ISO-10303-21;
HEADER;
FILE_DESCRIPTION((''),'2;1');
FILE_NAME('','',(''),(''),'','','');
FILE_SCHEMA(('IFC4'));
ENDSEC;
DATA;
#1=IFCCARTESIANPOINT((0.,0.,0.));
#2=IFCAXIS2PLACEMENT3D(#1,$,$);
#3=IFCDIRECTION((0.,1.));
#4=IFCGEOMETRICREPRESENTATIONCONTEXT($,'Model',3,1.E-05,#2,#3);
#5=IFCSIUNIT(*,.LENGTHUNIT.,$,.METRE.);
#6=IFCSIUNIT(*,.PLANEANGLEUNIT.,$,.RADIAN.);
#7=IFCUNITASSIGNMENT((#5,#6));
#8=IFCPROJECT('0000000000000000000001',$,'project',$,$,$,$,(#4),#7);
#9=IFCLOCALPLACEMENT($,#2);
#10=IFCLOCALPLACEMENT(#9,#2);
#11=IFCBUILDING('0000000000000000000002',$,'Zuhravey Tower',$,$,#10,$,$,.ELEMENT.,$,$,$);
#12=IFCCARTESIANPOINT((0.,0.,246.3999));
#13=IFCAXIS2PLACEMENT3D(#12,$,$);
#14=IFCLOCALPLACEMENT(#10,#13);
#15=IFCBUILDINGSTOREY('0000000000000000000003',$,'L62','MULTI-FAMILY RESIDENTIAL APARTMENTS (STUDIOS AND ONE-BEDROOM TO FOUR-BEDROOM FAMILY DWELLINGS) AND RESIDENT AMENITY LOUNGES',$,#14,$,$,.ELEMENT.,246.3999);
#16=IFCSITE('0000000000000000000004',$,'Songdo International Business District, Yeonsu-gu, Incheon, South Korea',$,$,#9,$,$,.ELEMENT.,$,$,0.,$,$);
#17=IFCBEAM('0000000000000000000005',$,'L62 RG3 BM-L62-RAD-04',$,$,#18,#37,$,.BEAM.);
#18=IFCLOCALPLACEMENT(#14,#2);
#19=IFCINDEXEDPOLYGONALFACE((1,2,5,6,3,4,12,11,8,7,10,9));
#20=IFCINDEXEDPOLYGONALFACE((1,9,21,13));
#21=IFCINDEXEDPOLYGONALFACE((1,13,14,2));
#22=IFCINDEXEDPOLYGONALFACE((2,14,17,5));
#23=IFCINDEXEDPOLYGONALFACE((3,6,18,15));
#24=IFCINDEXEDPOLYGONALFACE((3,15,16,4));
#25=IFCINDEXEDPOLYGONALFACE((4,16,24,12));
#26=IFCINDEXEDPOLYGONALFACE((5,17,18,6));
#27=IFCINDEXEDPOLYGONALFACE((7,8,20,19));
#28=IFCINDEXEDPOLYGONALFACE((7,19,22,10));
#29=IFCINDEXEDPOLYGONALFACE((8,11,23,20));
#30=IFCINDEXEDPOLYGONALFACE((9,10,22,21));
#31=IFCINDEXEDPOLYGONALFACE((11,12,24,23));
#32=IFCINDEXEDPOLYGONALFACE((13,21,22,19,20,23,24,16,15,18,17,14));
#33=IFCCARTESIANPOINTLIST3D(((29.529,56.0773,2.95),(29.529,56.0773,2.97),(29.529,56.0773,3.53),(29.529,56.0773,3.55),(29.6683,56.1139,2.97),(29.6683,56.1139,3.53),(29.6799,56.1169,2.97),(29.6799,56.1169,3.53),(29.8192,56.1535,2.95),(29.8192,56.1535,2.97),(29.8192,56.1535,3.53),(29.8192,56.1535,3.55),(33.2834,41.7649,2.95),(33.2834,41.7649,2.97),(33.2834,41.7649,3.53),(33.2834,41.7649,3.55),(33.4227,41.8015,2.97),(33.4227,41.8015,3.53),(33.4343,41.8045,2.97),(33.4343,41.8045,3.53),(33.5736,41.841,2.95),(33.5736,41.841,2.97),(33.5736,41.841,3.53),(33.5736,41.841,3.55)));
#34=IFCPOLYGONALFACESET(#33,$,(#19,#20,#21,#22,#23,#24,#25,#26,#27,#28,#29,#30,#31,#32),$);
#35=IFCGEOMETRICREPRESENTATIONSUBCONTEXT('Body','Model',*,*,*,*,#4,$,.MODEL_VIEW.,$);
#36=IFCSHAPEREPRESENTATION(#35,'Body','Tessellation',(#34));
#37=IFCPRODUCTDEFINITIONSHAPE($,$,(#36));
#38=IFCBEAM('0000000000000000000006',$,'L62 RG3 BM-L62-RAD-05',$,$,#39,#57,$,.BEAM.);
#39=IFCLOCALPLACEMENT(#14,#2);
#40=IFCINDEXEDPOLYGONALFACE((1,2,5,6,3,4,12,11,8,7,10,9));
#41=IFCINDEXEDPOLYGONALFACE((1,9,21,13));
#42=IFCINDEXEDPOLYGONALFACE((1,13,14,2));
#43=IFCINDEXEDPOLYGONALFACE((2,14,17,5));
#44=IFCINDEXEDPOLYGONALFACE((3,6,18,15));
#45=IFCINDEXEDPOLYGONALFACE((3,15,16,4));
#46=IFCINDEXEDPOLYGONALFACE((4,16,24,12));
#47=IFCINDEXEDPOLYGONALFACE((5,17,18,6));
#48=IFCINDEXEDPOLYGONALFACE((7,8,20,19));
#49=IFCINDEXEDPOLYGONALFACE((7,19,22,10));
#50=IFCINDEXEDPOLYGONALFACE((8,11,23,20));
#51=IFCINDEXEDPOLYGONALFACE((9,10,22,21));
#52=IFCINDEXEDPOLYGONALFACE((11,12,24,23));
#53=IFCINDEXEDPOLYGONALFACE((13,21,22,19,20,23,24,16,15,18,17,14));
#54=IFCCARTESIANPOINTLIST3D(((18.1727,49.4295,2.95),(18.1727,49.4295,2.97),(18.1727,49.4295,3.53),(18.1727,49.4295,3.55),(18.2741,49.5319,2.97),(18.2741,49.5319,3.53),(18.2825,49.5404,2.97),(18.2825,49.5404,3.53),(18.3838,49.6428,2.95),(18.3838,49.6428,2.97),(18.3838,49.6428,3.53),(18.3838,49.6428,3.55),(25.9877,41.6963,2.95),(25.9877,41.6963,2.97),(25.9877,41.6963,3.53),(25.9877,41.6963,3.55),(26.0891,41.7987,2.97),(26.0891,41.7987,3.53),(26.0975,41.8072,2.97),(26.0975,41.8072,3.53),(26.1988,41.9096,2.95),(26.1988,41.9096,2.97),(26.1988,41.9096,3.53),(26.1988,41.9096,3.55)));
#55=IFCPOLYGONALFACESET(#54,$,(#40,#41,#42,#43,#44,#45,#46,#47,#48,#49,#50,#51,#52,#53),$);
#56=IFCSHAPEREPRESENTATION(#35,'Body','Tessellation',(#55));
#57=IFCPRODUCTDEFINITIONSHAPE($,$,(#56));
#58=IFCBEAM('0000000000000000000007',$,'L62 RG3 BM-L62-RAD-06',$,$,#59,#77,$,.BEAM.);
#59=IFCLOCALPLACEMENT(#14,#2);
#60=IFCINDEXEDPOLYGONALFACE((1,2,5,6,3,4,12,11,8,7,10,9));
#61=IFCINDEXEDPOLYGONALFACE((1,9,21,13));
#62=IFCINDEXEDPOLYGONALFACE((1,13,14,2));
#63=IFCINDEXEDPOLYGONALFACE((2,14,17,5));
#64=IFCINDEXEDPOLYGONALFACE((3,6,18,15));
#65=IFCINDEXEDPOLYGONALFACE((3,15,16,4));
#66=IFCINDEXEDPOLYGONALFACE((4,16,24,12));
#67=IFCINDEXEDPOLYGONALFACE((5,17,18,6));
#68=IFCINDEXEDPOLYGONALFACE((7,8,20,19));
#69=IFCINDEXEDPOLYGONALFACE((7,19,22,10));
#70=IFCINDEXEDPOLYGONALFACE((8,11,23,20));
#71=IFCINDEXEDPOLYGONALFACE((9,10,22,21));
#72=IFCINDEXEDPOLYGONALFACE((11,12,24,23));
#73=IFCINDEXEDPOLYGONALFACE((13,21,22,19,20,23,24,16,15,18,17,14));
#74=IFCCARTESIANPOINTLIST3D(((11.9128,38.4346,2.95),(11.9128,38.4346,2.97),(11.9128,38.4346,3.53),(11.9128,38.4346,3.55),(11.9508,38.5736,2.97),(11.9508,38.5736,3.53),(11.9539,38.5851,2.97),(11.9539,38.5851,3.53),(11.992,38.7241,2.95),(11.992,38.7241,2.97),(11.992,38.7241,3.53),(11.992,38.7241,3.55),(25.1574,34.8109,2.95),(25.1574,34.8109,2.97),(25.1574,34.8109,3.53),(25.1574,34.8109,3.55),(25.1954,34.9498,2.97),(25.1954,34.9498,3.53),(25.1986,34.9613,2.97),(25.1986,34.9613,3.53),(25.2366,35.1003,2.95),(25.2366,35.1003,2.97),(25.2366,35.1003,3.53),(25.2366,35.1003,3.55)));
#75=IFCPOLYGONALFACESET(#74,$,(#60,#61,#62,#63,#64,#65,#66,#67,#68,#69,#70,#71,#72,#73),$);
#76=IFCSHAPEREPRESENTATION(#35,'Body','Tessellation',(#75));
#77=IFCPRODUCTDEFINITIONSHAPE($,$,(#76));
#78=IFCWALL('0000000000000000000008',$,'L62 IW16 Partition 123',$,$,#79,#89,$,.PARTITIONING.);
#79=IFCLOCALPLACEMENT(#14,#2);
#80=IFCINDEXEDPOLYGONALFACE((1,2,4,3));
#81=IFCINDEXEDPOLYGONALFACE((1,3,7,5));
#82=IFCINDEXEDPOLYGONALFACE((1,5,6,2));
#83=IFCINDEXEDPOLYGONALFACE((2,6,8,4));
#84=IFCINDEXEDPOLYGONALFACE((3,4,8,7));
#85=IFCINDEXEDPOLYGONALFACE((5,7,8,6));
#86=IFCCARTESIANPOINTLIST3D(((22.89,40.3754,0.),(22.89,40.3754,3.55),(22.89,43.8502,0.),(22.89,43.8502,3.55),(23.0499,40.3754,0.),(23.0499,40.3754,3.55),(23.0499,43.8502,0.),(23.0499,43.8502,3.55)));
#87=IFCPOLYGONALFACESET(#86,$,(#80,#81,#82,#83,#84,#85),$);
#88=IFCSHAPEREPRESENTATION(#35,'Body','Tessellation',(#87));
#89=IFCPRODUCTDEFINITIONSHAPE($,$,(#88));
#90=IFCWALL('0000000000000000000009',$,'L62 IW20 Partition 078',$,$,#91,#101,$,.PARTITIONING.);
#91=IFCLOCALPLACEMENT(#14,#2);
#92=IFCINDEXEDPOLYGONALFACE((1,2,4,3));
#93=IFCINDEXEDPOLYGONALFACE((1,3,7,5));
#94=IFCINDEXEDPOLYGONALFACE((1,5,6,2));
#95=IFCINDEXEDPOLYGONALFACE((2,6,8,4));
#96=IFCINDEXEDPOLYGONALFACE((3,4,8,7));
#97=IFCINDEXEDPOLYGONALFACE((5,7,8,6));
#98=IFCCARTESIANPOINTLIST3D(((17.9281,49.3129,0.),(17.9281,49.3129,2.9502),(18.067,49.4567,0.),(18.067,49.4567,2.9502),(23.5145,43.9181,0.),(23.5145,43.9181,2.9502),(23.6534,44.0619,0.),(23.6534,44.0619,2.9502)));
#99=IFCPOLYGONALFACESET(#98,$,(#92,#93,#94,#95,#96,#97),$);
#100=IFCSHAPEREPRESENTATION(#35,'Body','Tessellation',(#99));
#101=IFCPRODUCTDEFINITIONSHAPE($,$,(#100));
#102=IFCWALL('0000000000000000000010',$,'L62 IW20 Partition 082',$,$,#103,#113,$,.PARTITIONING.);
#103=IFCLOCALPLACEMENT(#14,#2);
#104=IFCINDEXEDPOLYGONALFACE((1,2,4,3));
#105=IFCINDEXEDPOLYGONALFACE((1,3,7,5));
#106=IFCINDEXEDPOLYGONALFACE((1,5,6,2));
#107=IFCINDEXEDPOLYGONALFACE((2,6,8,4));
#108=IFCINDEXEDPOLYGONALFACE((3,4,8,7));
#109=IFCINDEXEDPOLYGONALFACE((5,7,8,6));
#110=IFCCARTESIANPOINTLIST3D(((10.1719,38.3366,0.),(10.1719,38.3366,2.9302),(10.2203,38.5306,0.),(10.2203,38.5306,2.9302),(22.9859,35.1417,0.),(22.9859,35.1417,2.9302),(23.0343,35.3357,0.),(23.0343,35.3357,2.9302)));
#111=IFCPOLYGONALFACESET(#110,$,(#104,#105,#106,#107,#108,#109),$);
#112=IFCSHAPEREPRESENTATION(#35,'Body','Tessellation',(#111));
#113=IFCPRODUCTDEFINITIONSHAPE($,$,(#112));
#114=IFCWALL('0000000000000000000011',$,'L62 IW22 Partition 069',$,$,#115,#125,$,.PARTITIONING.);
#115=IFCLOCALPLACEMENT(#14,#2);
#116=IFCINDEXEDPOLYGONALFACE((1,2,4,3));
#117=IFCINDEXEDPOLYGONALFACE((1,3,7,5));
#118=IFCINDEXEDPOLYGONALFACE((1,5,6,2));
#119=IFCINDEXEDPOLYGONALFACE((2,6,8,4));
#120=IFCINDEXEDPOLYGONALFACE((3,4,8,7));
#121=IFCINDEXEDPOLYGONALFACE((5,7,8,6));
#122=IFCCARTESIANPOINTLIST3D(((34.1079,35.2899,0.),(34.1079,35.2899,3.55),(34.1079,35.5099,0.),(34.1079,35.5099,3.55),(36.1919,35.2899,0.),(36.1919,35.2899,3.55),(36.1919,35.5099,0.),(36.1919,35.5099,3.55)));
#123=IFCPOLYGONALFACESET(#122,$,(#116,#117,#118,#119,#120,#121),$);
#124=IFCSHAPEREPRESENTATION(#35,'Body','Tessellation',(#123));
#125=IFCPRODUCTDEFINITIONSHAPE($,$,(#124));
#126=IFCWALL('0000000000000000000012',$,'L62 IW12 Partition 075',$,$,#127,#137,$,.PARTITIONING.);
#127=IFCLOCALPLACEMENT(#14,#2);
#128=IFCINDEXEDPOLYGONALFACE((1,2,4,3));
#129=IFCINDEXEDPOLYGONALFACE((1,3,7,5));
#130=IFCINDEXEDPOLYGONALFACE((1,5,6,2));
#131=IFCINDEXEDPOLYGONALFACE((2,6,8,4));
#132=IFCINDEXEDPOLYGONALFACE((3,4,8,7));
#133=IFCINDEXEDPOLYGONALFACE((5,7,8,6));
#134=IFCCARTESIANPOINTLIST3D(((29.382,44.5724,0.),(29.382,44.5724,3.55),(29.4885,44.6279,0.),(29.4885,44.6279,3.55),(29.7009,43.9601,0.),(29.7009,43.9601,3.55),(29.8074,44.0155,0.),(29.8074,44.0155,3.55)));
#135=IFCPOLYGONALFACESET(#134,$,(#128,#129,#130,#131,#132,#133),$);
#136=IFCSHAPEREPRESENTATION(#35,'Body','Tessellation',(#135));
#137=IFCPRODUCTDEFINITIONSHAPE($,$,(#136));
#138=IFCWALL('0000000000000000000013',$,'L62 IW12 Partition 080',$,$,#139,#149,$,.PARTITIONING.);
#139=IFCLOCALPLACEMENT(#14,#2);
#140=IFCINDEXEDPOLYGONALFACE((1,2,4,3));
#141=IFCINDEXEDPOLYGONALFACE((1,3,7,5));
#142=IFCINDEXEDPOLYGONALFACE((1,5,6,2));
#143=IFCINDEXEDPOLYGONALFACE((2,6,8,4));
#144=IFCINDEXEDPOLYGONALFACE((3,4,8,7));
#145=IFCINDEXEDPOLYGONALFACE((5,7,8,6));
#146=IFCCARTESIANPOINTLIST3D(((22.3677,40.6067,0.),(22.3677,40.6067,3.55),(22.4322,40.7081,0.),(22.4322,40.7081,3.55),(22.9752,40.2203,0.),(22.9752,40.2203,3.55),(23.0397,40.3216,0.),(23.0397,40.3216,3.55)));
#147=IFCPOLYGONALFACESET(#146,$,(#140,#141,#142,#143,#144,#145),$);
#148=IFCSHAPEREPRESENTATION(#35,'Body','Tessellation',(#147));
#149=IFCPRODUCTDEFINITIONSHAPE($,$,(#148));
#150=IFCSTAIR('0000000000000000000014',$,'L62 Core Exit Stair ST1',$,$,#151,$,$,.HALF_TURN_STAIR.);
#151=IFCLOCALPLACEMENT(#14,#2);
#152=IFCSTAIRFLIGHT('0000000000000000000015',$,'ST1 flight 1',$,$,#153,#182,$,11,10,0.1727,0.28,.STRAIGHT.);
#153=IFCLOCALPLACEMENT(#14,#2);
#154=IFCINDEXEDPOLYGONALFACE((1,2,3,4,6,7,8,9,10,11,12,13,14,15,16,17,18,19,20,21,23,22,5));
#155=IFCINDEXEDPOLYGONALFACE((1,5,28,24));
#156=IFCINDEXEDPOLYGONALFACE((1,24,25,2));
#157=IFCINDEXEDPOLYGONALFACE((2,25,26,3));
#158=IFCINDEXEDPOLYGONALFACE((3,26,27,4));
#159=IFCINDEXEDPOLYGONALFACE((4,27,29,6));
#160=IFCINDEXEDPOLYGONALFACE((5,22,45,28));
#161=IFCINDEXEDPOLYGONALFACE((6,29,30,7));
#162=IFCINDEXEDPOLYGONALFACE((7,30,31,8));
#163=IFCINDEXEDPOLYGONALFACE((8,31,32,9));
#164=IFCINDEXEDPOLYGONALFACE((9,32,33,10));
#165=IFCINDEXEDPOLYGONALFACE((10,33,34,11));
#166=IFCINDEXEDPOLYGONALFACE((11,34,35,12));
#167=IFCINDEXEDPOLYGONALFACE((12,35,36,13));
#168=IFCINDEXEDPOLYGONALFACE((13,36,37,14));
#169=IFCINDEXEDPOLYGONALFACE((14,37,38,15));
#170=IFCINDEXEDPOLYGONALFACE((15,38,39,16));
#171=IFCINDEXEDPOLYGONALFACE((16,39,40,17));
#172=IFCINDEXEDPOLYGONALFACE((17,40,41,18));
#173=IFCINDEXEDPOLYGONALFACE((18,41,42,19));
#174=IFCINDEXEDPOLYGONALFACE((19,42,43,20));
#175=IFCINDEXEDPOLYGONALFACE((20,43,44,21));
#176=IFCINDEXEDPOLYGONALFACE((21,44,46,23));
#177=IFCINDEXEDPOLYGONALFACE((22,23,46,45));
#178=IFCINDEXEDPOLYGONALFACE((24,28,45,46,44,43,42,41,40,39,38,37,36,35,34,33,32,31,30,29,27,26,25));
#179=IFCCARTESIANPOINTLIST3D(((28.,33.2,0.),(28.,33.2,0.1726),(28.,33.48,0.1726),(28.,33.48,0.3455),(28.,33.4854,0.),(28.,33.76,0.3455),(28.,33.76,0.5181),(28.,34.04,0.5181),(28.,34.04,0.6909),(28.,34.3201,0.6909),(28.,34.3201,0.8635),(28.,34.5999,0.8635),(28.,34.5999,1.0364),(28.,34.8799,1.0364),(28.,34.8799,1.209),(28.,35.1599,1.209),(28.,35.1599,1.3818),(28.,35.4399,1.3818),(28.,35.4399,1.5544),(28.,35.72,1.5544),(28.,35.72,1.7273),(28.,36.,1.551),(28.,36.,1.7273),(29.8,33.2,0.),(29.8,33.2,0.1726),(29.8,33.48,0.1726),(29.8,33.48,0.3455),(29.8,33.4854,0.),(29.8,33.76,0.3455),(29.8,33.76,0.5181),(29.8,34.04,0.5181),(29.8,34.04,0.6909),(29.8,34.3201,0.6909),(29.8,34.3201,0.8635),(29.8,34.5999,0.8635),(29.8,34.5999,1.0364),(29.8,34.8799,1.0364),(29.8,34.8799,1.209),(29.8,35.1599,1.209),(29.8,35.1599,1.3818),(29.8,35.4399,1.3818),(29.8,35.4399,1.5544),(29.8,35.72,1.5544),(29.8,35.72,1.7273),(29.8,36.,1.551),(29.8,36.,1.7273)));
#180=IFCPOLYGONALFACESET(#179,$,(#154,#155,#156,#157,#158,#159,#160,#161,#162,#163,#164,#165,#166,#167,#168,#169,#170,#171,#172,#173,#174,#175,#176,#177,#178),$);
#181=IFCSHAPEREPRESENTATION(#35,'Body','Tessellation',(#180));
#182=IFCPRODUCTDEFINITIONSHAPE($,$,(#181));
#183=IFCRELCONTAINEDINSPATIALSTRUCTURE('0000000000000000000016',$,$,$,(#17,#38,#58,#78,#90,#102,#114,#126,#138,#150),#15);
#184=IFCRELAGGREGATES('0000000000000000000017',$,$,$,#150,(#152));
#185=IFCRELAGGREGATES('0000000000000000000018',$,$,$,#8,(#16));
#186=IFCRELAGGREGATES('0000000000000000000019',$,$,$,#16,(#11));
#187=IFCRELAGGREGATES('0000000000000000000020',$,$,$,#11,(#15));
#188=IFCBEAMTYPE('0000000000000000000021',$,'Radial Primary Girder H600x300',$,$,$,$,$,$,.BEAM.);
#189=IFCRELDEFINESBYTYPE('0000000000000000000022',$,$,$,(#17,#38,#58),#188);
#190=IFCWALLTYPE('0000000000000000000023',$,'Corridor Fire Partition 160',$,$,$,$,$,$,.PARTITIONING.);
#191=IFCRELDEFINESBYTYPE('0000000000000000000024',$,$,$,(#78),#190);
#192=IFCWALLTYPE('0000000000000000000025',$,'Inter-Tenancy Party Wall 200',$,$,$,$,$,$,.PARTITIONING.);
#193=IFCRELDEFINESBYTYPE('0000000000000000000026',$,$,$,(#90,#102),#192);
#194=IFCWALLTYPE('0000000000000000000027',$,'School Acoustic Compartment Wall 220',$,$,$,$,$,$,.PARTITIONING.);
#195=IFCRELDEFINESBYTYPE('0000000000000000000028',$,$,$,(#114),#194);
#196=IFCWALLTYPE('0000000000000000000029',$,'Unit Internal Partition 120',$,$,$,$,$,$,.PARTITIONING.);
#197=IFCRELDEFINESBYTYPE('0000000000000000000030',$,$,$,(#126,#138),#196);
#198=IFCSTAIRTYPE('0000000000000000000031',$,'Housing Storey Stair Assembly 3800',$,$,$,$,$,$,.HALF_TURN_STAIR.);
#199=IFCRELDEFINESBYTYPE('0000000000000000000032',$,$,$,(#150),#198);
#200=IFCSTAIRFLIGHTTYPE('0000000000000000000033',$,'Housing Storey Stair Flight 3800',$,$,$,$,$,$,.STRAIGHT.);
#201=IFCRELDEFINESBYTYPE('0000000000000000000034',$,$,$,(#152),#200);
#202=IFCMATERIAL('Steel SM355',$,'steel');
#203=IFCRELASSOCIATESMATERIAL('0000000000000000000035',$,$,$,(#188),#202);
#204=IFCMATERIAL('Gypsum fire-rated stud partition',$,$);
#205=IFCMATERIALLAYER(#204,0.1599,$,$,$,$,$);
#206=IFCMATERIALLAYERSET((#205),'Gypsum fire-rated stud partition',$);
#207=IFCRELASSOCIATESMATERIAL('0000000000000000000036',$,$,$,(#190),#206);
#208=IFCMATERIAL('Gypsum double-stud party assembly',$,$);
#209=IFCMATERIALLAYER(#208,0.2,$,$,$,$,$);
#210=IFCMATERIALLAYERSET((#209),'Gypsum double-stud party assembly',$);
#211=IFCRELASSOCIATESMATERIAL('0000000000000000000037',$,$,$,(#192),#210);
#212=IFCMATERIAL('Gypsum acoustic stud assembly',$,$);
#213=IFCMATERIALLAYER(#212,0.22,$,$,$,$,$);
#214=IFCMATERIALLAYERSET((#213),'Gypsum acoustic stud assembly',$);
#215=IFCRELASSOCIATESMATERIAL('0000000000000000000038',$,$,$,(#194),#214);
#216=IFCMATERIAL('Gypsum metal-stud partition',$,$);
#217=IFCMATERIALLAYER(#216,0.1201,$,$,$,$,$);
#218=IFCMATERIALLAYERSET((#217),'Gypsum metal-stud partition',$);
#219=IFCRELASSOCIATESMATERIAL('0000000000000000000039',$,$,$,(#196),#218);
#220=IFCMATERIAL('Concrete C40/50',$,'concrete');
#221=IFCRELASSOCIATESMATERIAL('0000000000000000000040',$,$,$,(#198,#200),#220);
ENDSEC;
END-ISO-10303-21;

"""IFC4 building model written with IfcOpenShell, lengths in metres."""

from ifc_helpers import new_model, si_unit, direction, frame, frame_2d, origin, origin_2d, place, context, subcontext, project, spatial, polyline, rectangle, i_section, outline, extrude, material, layer, layer_set, material_profile, profile_set, type_object, element, aggregate, save


model = new_model("IFC4")

# Units and contexts
model_context = context("Model", 3, precision=1e-05, world=origin(), true_north=direction((0.0, 1.0)))
body_context = subcontext(model_context, "Body", "Model", "MODEL_VIEW")
ifc_project = project(units=[si_unit("LENGTHUNIT", "METRE"), si_unit("PLANEANGLEUNIT", "RADIAN")], contexts=[model_context])

# Site, building, storey
site_placement = place(None, origin())
site = spatial("IfcSite", under=ifc_project, at=site_placement, Name="Songdo International Business District, Yeonsu-gu, Incheon, South Korea", CompositionType="ELEMENT", RefElevation=0.0)
building_placement = place(site_placement, origin())
building = spatial("IfcBuilding", under=site, at=building_placement, Name="Zuhravey Tower", CompositionType="ELEMENT")
storey_placement = place(building_placement, frame((0.0, 0.0, 246.3999)))
storey = spatial("IfcBuildingStorey", under=building, at=storey_placement, Name="L62", Description="MULTI-FAMILY RESIDENTIAL APARTMENTS (STUDIOS AND ONE-BEDROOM TO FOUR-BEDROOM FAMILY DWELLINGS) AND RESIDENT AMENITY LOUNGES", CompositionType="ELEMENT", Elevation=246.3999)

# Beams
ifc_material_1 = material(Name="Steel SM355", Category="steel")
ifc_material_profile = material_profile(ifc_material_1, i_section(OverallWidth=0.3, OverallDepth=0.6001, WebThickness=0.012, FlangeThickness=0.02, at=origin_2d()), Name="H-600x300x12x20")
ifc_profile_set = profile_set([ifc_material_profile], Name="Steel SM355")
beam_type = type_object("IfcBeamType", Name="Radial Primary Girder H600x300", PredefinedType="BEAM", material=ifc_profile_set)
beam_1_placement = place(storey_placement, frame((33.4285, 41.803, 3.25), z_axis=(-0.253731, 0.967275, 0.0), x_axis=(-0.967275, -0.253731, 0.0)))
element("IfcBeam", 1, at=beam_1_placement, inside=storey, type_object=beam_type, Name="L62 RG3 BM-L62-RAD-04", PredefinedType="BEAM", context=body_context, shape_type="SweptSolid", body=[
    extrude(i_section(OverallWidth=0.3, OverallDepth=0.6001, WebThickness=0.012, FlangeThickness=0.02, at=origin_2d()), origin(), (0.0, 0.0, 1.0), 14.7966),
])
beam_2_placement = place(storey_placement, frame((26.0933, 41.803, 3.25), z_axis=(-0.710817, 0.703377, 0.0), x_axis=(-0.703377, -0.710817, 0.0)))
element("IfcBeam", 2, at=beam_2_placement, inside=storey, type_object=beam_type, Name="L62 RG3 BM-L62-RAD-05", PredefinedType="BEAM", context=body_context, shape_type="SweptSolid", body=[
    extrude(i_section(OverallWidth=0.3, OverallDepth=0.6001, WebThickness=0.012, FlangeThickness=0.02, at=origin_2d()), origin(), (0.0, 0.0, 1.0), 10.9944),
])
beam_3_placement = place(storey_placement, frame((25.197, 34.9556, 3.25), z_axis=(-0.964549, 0.263904, 0.0), x_axis=(-0.263904, -0.964549, 0.0)))
element("IfcBeam", 3, at=beam_3_placement, inside=storey, type_object=beam_type, Name="L62 RG3 BM-L62-RAD-06", PredefinedType="BEAM", context=body_context, shape_type="SweptSolid", body=[
    extrude(i_section(OverallWidth=0.3, OverallDepth=0.6001, WebThickness=0.012, FlangeThickness=0.02, at=origin_2d()), origin(), (0.0, 0.0, 1.0), 13.7314),
])

# Walls
ifc_material_2 = material(Name="Gypsum fire-rated stud partition")
ifc_layer_1 = layer(ifc_material_2, 0.1599)
ifc_layer_set_1 = layer_set([ifc_layer_1], Name="Gypsum fire-rated stud partition")
wall_type_1 = type_object("IfcWallType", Name="Corridor Fire Partition 160", PredefinedType="PARTITIONING", material=ifc_layer_set_1)
wall_1_placement = place(storey_placement, frame((22.97, 43.8501, 0.0), z_axis=(0.0, 0.0, 1.0), x_axis=(0.0, -1.0, 0.0)))
element("IfcWall", 4, at=wall_1_placement, inside=storey, type_object=wall_type_1, Name="L62 IW16 Partition 123", PredefinedType="PARTITIONING", context=body_context, shape_type="SweptSolid", body=[
    extrude(rectangle(XDim=3.4749, YDim=0.1599, at=frame_2d((1.7373, 0.0))), origin(), (0.0, 0.0, 1.0), 3.55),
])
ifc_material_3 = material(Name="Gypsum double-stud party assembly")
ifc_layer_2 = layer(ifc_material_3, 0.2)
ifc_layer_set_2 = layer_set([ifc_layer_2], Name="Gypsum double-stud party assembly")
wall_type_2 = type_object("IfcWallType", Name="Inter-Tenancy Party Wall 200", PredefinedType="PARTITIONING", material=ifc_layer_set_2)
wall_2_placement = place(storey_placement, frame((23.584, 43.99, 0.0), z_axis=(0.0, 0.0, 1.0), x_axis=(-0.719338, 0.69466, 0.0)))
element("IfcWall", 5, at=wall_2_placement, inside=storey, type_object=wall_type_2, Name="L62 IW20 Partition 078", PredefinedType="PARTITIONING", context=body_context, shape_type="SweptSolid", body=[
    extrude(rectangle(XDim=7.7661, YDim=0.2, at=frame_2d((3.8831, 0.0))), origin(), (0.0, 0.0, 1.0), 2.9502),
])
wall_3_placement = place(storey_placement, frame((23.01, 35.2388, 0.0), z_axis=(0.0, 0.0, 1.0), x_axis=(-0.970297, 0.241918, 0.0)))
element("IfcWall", 6, at=wall_3_placement, inside=storey, type_object=wall_type_2, Name="L62 IW20 Partition 082", PredefinedType="PARTITIONING", context=body_context, shape_type="SweptSolid", body=[
    extrude(rectangle(XDim=13.2063, YDim=0.2, at=frame_2d((6.603, 0.0))), origin(), (0.0, 0.0, 1.0), 2.9302),
])
ifc_material_4 = material(Name="Gypsum acoustic stud assembly")
ifc_layer_3 = layer(ifc_material_4, 0.22)
ifc_layer_set_3 = layer_set([ifc_layer_3], Name="Gypsum acoustic stud assembly")
wall_type_3 = type_object("IfcWallType", Name="School Acoustic Compartment Wall 220", PredefinedType="PARTITIONING", material=ifc_layer_set_3)
wall_4_placement = place(storey_placement, frame((34.1079, 35.3999, 0.0), z_axis=(0.0, 0.0, 1.0), x_axis=(1.0, 0.0, 0.0)))
element("IfcWall", 7, at=wall_4_placement, inside=storey, type_object=wall_type_3, Name="L62 IW22 Partition 069", PredefinedType="PARTITIONING", context=body_context, shape_type="SweptSolid", body=[
    extrude(rectangle(XDim=2.084, YDim=0.22, at=frame_2d((1.042, 0.0))), origin(), (0.0, 0.0, 1.0), 3.55),
])
ifc_material_5 = material(Name="Gypsum metal-stud partition")
ifc_layer_4 = layer(ifc_material_5, 0.1201)
ifc_layer_set_4 = layer_set([ifc_layer_4], Name="Gypsum metal-stud partition")
wall_type_4 = type_object("IfcWallType", Name="Unit Internal Partition 120", PredefinedType="PARTITIONING", material=ifc_layer_set_4)
wall_5_placement = place(storey_placement, frame((29.7542, 43.9878, 0.0), z_axis=(0.0, 0.0, 1.0), x_axis=(-0.461865, 0.88695, 0.0)))
element("IfcWall", 8, at=wall_5_placement, inside=storey, type_object=wall_type_4, Name="L62 IW12 Partition 075", PredefinedType="PARTITIONING", context=body_context, shape_type="SweptSolid", body=[
    extrude(rectangle(XDim=0.6904, YDim=0.1201, at=frame_2d((0.3452, 0.0))), origin(), (0.0, 0.0, 1.0), 3.55),
])
wall_6_placement = place(storey_placement, frame((23.0073, 40.271, 0.0), z_axis=(0.0, 0.0, 1.0), x_axis=(-0.843703, 0.53681, 0.0)))
element("IfcWall", 9, at=wall_6_placement, inside=storey, type_object=wall_type_4, Name="L62 IW12 Partition 080", PredefinedType="PARTITIONING", context=body_context, shape_type="SweptSolid", body=[
    extrude(rectangle(XDim=0.72, YDim=0.1201, at=frame_2d((0.3599, 0.0))), origin(), (0.0, 0.0, 1.0), 3.55),
])

# Stair, stair flight
ifc_material_6 = material(Name="Concrete C40/50", Category="concrete")
stair_type = type_object("IfcStairType", Name="Housing Storey Stair Assembly 3800", PredefinedType="HALF_TURN_STAIR", material=ifc_material_6)
stair_1_placement = place(storey_placement, origin())
stair_1 = element("IfcStair", 10, at=stair_1_placement, inside=storey, type_object=stair_type, Name="L62 Core Exit Stair ST1", PredefinedType="HALF_TURN_STAIR")
stair_flight_type = type_object("IfcStairFlightType", Name="Housing Storey Stair Flight 3800", PredefinedType="STRAIGHT", material=ifc_material_6)
stair_flight_1_placement = place(storey_placement, frame((28.8999, 33.2, 0.0), z_axis=(0.0, 0.0, 1.0), x_axis=(0.0, 1.0, 0.0)))
stair_flight_1 = element("IfcStairFlight", 11, at=stair_flight_1_placement, type_object=stair_flight_type, Name="ST1 flight 1", NumberOfRisers=11, NumberOfTreads=10, PredefinedType="STRAIGHT", RiserHeight=0.1727, TreadLength=0.28, context=body_context, shape_type="SweptSolid", body=[
    extrude(outline(polyline([(0.0, 0.0), (0.0, 0.1726), (0.28, 0.1726), (0.28, 0.3455), (0.5601, 0.3455), (0.5601, 0.5181), (0.8401, 0.5181), (0.8401, 0.6909), (1.1201, 0.6909), (1.1201, 0.8635), (1.3999, 0.8635), (1.3999, 1.0364), (1.6799, 1.0364), (1.6799, 1.209), (1.96, 1.209), (1.96, 1.3818), (2.24, 1.3818), (2.24, 1.5544), (2.52, 1.5544), (2.52, 1.7273), (2.8, 1.7273), (2.8, 1.8999), (2.8, 1.551), (0.2854, 0.0), (0.0, 0.0)])), frame((0.0, 0.8999, 0.0), z_axis=(0.0, -1.0, 0.0), x_axis=(1.0, 0.0, 0.0)), (0.0, 0.0, 1.0), 1.8),
])
aggregate(stair_1, [stair_flight_1])

save(model, "model.ifc")
